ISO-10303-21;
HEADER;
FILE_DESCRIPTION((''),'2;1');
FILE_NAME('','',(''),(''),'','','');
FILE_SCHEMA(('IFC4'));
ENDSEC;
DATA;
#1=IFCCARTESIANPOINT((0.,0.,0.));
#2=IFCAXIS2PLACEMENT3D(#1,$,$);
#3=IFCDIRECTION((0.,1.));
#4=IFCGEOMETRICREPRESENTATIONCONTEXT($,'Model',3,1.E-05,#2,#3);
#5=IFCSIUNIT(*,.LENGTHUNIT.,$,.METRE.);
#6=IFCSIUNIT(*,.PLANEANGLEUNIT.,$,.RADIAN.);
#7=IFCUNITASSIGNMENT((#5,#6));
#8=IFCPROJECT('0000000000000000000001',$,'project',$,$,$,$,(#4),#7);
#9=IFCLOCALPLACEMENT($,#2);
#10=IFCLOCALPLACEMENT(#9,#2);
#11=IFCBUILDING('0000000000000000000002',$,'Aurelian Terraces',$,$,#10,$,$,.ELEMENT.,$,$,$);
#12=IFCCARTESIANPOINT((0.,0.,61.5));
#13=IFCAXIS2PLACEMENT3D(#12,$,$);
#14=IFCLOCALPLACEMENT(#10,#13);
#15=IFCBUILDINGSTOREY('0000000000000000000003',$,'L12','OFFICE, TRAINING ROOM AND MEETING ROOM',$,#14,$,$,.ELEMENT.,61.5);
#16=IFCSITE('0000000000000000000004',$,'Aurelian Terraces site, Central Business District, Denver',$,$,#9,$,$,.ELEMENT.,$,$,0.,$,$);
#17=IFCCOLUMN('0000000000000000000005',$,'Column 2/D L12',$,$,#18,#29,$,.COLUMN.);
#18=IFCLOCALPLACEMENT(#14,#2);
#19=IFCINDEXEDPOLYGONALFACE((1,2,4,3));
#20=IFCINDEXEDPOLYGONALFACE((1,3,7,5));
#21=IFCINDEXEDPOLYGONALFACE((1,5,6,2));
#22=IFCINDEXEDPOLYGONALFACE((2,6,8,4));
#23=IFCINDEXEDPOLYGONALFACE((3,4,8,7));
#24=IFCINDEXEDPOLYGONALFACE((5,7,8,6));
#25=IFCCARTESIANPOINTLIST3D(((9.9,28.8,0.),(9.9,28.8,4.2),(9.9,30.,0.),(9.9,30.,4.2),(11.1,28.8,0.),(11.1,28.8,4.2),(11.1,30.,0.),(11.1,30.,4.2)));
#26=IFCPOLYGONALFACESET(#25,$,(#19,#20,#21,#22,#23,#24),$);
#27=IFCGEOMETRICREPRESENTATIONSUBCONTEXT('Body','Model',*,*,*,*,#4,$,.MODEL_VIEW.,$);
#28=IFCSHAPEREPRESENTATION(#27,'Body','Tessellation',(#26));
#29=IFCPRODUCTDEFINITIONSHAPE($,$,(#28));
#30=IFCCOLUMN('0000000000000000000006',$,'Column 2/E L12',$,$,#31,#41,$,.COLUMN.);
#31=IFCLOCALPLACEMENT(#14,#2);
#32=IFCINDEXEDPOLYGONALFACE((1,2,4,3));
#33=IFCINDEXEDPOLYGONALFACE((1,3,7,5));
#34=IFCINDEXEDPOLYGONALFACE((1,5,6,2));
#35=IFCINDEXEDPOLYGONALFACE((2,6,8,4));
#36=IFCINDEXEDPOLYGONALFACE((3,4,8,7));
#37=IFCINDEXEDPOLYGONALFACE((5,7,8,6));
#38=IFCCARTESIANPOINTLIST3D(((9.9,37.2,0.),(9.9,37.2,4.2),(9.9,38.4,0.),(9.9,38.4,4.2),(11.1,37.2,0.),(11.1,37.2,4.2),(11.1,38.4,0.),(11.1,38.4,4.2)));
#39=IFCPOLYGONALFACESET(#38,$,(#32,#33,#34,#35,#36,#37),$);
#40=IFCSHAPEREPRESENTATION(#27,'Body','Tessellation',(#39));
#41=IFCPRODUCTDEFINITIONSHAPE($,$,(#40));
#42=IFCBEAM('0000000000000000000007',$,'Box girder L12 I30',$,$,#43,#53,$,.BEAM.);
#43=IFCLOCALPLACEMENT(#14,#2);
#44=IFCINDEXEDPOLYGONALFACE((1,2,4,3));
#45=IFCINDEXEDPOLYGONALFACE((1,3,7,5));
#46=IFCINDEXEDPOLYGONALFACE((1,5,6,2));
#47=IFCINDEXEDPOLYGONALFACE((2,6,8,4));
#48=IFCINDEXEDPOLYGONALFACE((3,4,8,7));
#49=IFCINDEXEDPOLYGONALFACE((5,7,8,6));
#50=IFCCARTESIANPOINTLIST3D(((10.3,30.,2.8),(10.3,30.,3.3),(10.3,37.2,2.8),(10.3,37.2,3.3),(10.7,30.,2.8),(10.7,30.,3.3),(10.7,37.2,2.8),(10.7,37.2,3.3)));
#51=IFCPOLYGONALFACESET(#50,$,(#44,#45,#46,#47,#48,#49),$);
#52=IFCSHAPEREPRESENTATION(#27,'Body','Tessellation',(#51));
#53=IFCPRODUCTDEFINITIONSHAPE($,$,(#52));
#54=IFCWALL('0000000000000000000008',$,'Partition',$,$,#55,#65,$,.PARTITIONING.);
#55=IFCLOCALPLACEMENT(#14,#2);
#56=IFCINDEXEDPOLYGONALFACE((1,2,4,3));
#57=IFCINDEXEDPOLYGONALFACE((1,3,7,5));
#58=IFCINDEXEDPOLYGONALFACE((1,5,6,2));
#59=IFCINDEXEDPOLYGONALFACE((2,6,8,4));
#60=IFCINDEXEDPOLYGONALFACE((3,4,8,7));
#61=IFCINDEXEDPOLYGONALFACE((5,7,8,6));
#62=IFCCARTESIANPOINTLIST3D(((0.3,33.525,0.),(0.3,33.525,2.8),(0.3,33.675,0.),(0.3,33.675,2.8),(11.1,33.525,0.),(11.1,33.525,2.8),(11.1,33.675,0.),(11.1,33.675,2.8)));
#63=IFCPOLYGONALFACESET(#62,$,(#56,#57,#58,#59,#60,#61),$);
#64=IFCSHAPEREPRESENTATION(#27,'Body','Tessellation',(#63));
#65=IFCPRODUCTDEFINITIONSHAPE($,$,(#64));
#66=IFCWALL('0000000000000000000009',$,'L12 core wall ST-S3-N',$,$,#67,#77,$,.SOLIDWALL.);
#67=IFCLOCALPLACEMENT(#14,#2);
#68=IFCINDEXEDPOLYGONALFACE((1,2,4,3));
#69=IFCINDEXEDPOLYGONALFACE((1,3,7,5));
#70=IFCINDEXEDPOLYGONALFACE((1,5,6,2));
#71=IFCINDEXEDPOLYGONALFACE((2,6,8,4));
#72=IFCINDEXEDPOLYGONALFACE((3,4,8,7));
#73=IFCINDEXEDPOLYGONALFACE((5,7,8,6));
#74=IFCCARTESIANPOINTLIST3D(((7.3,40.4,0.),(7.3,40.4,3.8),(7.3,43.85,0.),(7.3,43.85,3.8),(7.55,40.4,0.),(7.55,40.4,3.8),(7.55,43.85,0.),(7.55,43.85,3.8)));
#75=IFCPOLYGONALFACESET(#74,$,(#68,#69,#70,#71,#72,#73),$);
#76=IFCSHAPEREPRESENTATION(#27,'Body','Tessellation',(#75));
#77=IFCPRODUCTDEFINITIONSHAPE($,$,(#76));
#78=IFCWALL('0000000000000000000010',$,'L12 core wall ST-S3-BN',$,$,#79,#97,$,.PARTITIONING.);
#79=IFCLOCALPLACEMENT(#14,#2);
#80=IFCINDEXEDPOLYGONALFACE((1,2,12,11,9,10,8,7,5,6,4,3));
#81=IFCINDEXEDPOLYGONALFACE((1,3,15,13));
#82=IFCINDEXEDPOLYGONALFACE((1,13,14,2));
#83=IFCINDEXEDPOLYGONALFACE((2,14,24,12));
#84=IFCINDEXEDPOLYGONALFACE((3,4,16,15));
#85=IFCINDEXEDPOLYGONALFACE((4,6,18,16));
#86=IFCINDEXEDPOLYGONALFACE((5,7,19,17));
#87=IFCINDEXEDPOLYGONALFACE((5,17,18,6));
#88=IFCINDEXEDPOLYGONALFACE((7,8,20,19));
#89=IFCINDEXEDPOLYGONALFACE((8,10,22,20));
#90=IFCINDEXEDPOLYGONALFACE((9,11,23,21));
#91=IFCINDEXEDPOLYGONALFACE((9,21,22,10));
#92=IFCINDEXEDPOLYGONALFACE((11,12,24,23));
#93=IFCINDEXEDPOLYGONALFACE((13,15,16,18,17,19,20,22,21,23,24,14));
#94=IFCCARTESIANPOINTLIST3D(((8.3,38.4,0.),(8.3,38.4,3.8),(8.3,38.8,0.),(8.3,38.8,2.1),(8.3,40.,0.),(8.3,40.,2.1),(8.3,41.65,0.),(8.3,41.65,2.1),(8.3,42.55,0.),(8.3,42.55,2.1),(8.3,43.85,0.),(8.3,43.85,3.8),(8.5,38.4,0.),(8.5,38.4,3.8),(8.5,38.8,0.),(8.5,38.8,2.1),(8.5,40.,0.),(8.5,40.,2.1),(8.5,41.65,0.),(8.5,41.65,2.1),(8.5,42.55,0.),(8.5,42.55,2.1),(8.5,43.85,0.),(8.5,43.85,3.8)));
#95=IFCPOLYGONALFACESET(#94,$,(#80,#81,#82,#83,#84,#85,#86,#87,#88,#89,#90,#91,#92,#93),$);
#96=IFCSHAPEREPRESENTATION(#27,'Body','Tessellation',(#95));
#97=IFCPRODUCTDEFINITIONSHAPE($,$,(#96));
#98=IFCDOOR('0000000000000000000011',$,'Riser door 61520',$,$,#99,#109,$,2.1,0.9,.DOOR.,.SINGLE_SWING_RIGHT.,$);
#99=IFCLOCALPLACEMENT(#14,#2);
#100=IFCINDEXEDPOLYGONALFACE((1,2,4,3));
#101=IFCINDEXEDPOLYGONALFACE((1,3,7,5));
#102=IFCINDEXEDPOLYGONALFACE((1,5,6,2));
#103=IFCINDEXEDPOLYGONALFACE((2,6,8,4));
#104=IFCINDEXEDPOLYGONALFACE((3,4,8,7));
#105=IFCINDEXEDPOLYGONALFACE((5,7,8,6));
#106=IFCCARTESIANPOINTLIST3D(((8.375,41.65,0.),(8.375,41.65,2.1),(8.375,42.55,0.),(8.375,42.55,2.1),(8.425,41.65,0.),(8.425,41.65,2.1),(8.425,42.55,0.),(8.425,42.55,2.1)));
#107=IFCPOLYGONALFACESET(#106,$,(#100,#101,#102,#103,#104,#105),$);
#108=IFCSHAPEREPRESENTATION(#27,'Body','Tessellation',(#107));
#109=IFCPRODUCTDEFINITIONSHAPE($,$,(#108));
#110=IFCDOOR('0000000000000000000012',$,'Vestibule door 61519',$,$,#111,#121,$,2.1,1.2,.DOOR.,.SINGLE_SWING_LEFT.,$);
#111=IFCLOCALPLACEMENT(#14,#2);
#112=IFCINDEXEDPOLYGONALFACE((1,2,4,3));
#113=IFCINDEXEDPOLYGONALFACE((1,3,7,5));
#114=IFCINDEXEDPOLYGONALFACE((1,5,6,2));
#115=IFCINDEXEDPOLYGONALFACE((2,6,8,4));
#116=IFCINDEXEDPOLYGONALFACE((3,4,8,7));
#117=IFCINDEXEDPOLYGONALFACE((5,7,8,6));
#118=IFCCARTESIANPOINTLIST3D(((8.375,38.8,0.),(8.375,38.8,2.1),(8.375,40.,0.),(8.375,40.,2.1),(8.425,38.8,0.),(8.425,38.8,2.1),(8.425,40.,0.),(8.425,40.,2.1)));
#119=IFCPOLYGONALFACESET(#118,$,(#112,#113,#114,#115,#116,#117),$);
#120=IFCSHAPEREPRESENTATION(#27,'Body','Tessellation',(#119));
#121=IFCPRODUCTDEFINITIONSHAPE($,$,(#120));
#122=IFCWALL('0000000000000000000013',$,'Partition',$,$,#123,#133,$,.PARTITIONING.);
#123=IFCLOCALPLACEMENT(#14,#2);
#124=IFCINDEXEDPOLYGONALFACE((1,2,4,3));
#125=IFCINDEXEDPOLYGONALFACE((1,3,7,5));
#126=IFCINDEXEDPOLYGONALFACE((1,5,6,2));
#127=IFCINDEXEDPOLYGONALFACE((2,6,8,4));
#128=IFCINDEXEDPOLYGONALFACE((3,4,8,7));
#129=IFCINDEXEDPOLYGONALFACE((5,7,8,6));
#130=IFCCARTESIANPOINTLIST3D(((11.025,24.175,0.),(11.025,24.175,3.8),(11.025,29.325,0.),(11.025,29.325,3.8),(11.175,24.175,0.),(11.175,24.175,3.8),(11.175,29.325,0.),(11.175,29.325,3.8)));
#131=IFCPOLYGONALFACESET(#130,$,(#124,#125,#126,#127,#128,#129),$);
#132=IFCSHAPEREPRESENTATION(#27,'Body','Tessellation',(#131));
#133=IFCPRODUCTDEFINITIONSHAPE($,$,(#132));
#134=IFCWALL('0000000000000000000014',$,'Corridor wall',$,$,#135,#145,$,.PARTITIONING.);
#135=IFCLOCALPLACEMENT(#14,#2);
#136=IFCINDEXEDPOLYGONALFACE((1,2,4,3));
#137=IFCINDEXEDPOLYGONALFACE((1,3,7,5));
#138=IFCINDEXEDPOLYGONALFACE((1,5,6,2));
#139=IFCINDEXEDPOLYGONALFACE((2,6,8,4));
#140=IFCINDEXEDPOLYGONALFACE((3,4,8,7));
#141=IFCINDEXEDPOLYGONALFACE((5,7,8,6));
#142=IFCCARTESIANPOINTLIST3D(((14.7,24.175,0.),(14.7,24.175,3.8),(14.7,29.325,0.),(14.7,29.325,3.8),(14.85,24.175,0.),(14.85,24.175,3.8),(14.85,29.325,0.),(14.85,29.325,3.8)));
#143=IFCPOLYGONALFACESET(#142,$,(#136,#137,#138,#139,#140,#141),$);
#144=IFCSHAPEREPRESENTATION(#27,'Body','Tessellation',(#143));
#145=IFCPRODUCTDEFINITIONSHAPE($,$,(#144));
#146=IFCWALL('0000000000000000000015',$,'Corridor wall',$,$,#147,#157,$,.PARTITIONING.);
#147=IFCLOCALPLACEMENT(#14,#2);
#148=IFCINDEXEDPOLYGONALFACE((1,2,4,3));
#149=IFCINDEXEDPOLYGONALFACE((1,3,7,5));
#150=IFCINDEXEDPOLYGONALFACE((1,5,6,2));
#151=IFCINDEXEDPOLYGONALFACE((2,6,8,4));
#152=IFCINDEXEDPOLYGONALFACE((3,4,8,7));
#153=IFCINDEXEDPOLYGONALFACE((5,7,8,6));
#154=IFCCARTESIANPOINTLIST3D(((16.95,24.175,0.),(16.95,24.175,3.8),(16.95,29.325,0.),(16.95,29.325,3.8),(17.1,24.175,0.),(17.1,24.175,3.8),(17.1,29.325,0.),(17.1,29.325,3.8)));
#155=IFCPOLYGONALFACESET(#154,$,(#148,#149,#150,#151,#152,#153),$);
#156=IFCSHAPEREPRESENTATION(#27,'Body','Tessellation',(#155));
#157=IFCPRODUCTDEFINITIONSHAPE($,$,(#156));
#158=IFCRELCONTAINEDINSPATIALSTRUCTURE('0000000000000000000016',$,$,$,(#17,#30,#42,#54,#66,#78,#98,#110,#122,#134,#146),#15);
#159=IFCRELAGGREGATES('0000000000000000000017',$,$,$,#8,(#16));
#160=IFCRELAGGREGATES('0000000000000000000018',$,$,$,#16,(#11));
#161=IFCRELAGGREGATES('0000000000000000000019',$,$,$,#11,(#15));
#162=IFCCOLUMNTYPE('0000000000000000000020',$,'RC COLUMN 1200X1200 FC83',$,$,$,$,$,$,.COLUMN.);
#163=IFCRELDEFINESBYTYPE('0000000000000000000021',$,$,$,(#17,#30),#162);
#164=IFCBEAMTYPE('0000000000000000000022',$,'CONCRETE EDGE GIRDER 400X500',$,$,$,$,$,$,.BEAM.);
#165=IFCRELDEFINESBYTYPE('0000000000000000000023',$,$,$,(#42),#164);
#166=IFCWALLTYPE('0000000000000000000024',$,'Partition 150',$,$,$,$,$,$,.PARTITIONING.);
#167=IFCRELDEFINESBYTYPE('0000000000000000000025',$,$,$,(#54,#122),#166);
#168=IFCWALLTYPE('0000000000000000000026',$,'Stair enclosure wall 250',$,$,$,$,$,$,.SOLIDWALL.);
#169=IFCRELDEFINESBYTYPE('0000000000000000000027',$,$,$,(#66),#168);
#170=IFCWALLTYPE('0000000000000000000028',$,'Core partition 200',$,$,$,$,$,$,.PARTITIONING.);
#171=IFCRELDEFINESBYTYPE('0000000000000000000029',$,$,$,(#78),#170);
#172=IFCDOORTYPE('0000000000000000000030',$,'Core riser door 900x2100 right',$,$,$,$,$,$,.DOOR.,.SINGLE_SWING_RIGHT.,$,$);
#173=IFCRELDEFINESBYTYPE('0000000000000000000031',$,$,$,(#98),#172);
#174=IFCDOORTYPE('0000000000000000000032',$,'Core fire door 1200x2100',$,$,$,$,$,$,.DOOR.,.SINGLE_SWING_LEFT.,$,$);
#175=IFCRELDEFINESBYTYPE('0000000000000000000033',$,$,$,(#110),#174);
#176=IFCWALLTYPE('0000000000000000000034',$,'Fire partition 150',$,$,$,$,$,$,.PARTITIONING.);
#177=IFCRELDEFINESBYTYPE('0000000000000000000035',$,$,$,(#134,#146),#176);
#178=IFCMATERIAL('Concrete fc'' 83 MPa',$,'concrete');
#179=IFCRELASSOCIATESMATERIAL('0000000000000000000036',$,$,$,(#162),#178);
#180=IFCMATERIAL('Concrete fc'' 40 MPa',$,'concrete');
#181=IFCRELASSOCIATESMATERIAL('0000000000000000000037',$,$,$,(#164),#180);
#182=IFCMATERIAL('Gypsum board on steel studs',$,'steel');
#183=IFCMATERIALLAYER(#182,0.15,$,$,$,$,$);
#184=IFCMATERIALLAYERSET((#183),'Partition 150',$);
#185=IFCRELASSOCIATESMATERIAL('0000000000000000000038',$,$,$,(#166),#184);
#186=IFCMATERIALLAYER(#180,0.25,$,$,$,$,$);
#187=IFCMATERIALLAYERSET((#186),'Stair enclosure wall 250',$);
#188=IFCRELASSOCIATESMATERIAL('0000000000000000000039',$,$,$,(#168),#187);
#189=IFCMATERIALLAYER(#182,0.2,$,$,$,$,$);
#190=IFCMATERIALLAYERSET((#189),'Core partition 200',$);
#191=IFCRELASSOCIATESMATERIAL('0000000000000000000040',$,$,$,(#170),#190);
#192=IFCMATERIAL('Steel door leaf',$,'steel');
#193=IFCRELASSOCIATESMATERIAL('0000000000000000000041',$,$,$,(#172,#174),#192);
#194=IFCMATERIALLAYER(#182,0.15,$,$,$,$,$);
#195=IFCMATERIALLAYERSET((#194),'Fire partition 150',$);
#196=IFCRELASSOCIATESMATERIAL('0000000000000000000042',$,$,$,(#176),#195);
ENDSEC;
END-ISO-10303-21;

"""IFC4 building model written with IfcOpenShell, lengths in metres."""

from ifc_helpers import new_model, si_unit, direction, frame, frame_2d, origin, origin_2d, place, context, subcontext, project, spatial, rectangle, extrude, source, transform, mapped, material, layer, layer_set, material_profile, profile_set, type_object, element, fill, save


model = new_model("IFC4")

# Units and contexts
model_context = context("Model", 3, precision=1e-05, world=origin(), true_north=direction((0.0, 1.0)))
body_context = subcontext(model_context, "Body", "Model", "MODEL_VIEW")
ifc_project = project(units=[si_unit("LENGTHUNIT", "METRE"), si_unit("PLANEANGLEUNIT", "RADIAN")], contexts=[model_context])

# Site, building, storey
site_placement = place(None, origin())
site = spatial("IfcSite", under=ifc_project, at=site_placement, Name="Aurelian Terraces site, Central Business District, Denver", CompositionType="ELEMENT", RefElevation=0.0)
building_placement = place(site_placement, origin())
building = spatial("IfcBuilding", under=site, at=building_placement, Name="Aurelian Terraces", CompositionType="ELEMENT")
storey_placement = place(building_placement, frame((0.0, 0.0, 61.5)))
storey = spatial("IfcBuildingStorey", under=building, at=storey_placement, Name="L12", Description="OFFICE, TRAINING ROOM AND MEETING ROOM", CompositionType="ELEMENT", Elevation=61.5)

# Columns
ifc_material_1 = material(Name="Concrete fc' 83 MPa", Category="concrete")
ifc_material_profile_1 = material_profile(ifc_material_1, rectangle(XDim=1.2, YDim=1.2, at=origin_2d()))
ifc_profile_set_1 = profile_set([ifc_material_profile_1], Name="Concrete fc' 83 MPa")
column_type = type_object("IfcColumnType", Name="RC COLUMN 1200X1200 FC83", PredefinedType="COLUMN", material=ifc_profile_set_1)
shared_shape_1 = source(origin(), body_context, "Body", "SweptSolid", [
    extrude(rectangle(XDim=1.2, YDim=1.2, at=origin_2d()), origin(), (0.0, 0.0, 1.0), 4.2),
])
for number, where, z_axis, x_axis, name in (
    (1, (10.5, 29.4, 0.0), (0.0, 0.0, 1.0), (1.0, 0.0, 0.0), "Column 2/D L12"),
    (2, (10.5, 37.8, 0.0), (0.0, 0.0, 1.0), (1.0, 0.0, 0.0), "Column 2/E L12"),
):
    element("IfcColumn", number, at=place(storey_placement, frame(where, z_axis=z_axis, x_axis=x_axis)), inside=storey, type_object=column_type, Name=name, PredefinedType="COLUMN", context=body_context, shape_type="MappedRepresentation", body=[
        mapped(shared_shape_1, transform((0.0, 0.0, 0.0), scale=1.0)),
    ])

# Beam
ifc_material_2 = material(Name="Concrete fc' 40 MPa", Category="concrete")
ifc_material_profile_2 = material_profile(ifc_material_2, rectangle(XDim=0.4, YDim=0.5, at=origin_2d()))
ifc_profile_set_2 = profile_set([ifc_material_profile_2], Name="Concrete fc' 40 MPa")
beam_type = type_object("IfcBeamType", Name="CONCRETE EDGE GIRDER 400X500", PredefinedType="BEAM", material=ifc_profile_set_2)
shared_shape_2 = source(origin(), body_context, "Body", "SweptSolid", [
    extrude(rectangle(XDim=0.4, YDim=0.5, at=origin_2d()), origin(), (0.0, 0.0, 1.0), 7.2),
])
beam_placement = place(storey_placement, frame((10.5, 30.0, 3.05), z_axis=(0.0, 1.0, 0.0), x_axis=(-1.0, 0.0, 0.0)))
element("IfcBeam", 3, at=beam_placement, inside=storey, type_object=beam_type, Name="Box girder L12 I30", PredefinedType="BEAM", context=body_context, shape_type="MappedRepresentation", body=[
    mapped(shared_shape_2, transform((0.0, 0.0, 0.0), scale=1.0)),
])

# Walls
ifc_material_3 = material(Name="Gypsum board on steel studs", Category="steel")
ifc_layer_1 = layer(ifc_material_3, 0.15)
ifc_layer_set_1 = layer_set([ifc_layer_1], Name="Partition 150")
wall_type_1 = type_object("IfcWallType", Name="Partition 150", PredefinedType="PARTITIONING", material=ifc_layer_set_1)
wall_1_placement = place(storey_placement, frame((11.1, 33.6, 0.0), z_axis=(0.0, 0.0, 1.0), x_axis=(-1.0, 0.0, 0.0)))
element("IfcWall", 4, at=wall_1_placement, inside=storey, type_object=wall_type_1, Name="Partition", PredefinedType="PARTITIONING", context=body_context, shape_type="SweptSolid", body=[
    extrude(rectangle(XDim=10.8, YDim=0.15, at=frame_2d((5.4, 0.0))), origin(), (0.0, 0.0, 1.0), 2.8),
])
ifc_layer_2 = layer(ifc_material_2, 0.25)
ifc_layer_set_2 = layer_set([ifc_layer_2], Name="Stair enclosure wall 250")
wall_type_2 = type_object("IfcWallType", Name="Stair enclosure wall 250", PredefinedType="SOLIDWALL", material=ifc_layer_set_2)
shared_shape_3 = source(origin(), body_context, "Body", "SweptSolid", [
    extrude(rectangle(XDim=3.45, YDim=0.25, at=frame_2d((1.725, 0.0))), origin(), (0.0, 0.0, 1.0), 3.8),
])
wall_2_placement = place(storey_placement, frame((7.425, 40.4, 0.0), z_axis=(0.0, 0.0, 1.0), x_axis=(0.0, 1.0, 0.0)))
element("IfcWall", 5, at=wall_2_placement, inside=storey, type_object=wall_type_2, Name="L12 core wall ST-S3-N", PredefinedType="SOLIDWALL", context=body_context, shape_type="MappedRepresentation", body=[
    mapped(shared_shape_3, transform((0.0, 0.0, 0.0), scale=1.0)),
])

# Wall, openings, doors
ifc_layer_3 = layer(ifc_material_3, 0.2)
ifc_layer_set_3 = layer_set([ifc_layer_3], Name="Core partition 200")
wall_type_3 = type_object("IfcWallType", Name="Core partition 200", PredefinedType="PARTITIONING", material=ifc_layer_set_3)
shared_shape_4 = source(origin(), body_context, "Body", "SweptSolid", [
    extrude(rectangle(XDim=5.45, YDim=0.2, at=frame_2d((2.725, 0.0))), origin(), (0.0, 0.0, 1.0), 3.8),
])
wall_3_placement = place(storey_placement, frame((8.4, 38.4, 0.0), z_axis=(0.0, 0.0, 1.0), x_axis=(0.0, 1.0, 0.0)))
wall_3 = element("IfcWall", 6, at=wall_3_placement, inside=storey, type_object=wall_type_3, Name="L12 core wall ST-S3-BN", PredefinedType="PARTITIONING", context=body_context, shape_type="MappedRepresentation", body=[
    mapped(shared_shape_4, transform((0.0, 0.0, 0.0), scale=1.0)),
])
shared_shape_5 = source(origin(), body_context, "Body", "SweptSolid", [
    extrude(rectangle(XDim=1.2, YDim=2.1, at=frame_2d((0.6, 1.05))), frame((0.0, 0.11, 0.0), z_axis=(0.0, -1.0, 0.0), x_axis=(1.0, 0.0, 0.0)), (0.0, 0.0, 1.0), 0.22),
])
opening_1_placement = place(wall_3_placement, frame((0.4, 0.0, 0.0)))
opening_1 = element("IfcOpeningElement", 7, at=opening_1_placement, cuts=wall_3, PredefinedType="OPENING", context=body_context, shape_type="MappedRepresentation", body=[
    mapped(shared_shape_5, transform((0.0, 0.0, 0.0), scale=1.0)),
])
shared_shape_6 = source(origin(), body_context, "Body", "SweptSolid", [
    extrude(rectangle(XDim=0.9, YDim=2.1, at=frame_2d((0.45, 1.05))), frame((0.0, 0.11, 0.0), z_axis=(0.0, -1.0, 0.0), x_axis=(1.0, 0.0, 0.0)), (0.0, 0.0, 1.0), 0.22),
])
opening_2_placement = place(wall_3_placement, frame((3.25, 0.0, 0.0)))
opening_2 = element("IfcOpeningElement", 8, at=opening_2_placement, cuts=wall_3, PredefinedType="OPENING", context=body_context, shape_type="MappedRepresentation", body=[
    mapped(shared_shape_6, transform((0.0, 0.0, 0.0), scale=1.0)),
])
ifc_material_4 = material(Name="Steel door leaf", Category="steel")
door_type_1 = type_object("IfcDoorType", Name="Core riser door 900x2100 right", OperationType="SINGLE_SWING_RIGHT", PredefinedType="DOOR", material=ifc_material_4)
shared_shape_7 = source(origin(), body_context, "Body", "SweptSolid", [
    extrude(rectangle(XDim=0.9, YDim=2.1, at=frame_2d((0.45, 1.05))), frame((0.0, 0.025, 0.0), z_axis=(0.0, -1.0, 0.0), x_axis=(1.0, 0.0, 0.0)), (0.0, 0.0, 1.0), 0.05),
])
door_1_placement = place(opening_2_placement, origin())
door_1 = element("IfcDoor", 9, at=door_1_placement, inside=storey, type_object=door_type_1, Name="Riser door 61520", OperationType="SINGLE_SWING_RIGHT", OverallHeight=2.1, OverallWidth=0.9, PredefinedType="DOOR", context=body_context, shape_type="MappedRepresentation", body=[
    mapped(shared_shape_7, transform((0.0, 0.0, 0.0), scale=1.0)),
])
fill(opening_2, door_1)
door_type_2 = type_object("IfcDoorType", Name="Core fire door 1200x2100", OperationType="SINGLE_SWING_LEFT", PredefinedType="DOOR", material=ifc_material_4)
shared_shape_8 = source(origin(), body_context, "Body", "SweptSolid", [
    extrude(rectangle(XDim=1.2, YDim=2.1, at=frame_2d((0.6, 1.05))), frame((0.0, 0.025, 0.0), z_axis=(0.0, -1.0, 0.0), x_axis=(1.0, 0.0, 0.0)), (0.0, 0.0, 1.0), 0.05),
])
door_2_placement = place(opening_1_placement, origin())
door_2 = element("IfcDoor", 10, at=door_2_placement, inside=storey, type_object=door_type_2, Name="Vestibule door 61519", OperationType="SINGLE_SWING_LEFT", OverallHeight=2.1, OverallWidth=1.2, PredefinedType="DOOR", context=body_context, shape_type="MappedRepresentation", body=[
    mapped(shared_shape_8, transform((0.0, 0.0, 0.0), scale=1.0)),
])
fill(opening_1, door_2)

# Walls
shared_shape_9 = source(origin(), body_context, "Body", "SweptSolid", [
    extrude(rectangle(XDim=5.15, YDim=0.15, at=frame_2d((2.575, 0.0))), origin(), (0.0, 0.0, 1.0), 3.8),
])
wall_4_placement = place(storey_placement, frame((11.1, 24.175, 0.0), z_axis=(0.0, 0.0, 1.0), x_axis=(0.0, 1.0, 0.0)))
element("IfcWall", 11, at=wall_4_placement, inside=storey, type_object=wall_type_1, Name="Partition", PredefinedType="PARTITIONING", context=body_context, shape_type="MappedRepresentation", body=[
    mapped(shared_shape_9, transform((0.0, 0.0, 0.0), scale=1.0)),
])
ifc_layer_4 = layer(ifc_material_3, 0.15)
ifc_layer_set_4 = layer_set([ifc_layer_4], Name="Fire partition 150")
wall_type_4 = type_object("IfcWallType", Name="Fire partition 150", PredefinedType="PARTITIONING", material=ifc_layer_set_4)
for number, where, z_axis, x_axis, name in (
    (12, (14.775, 24.175, 0.0), (0.0, 0.0, 1.0), (0.0, 1.0, 0.0), "Corridor wall"),
    (13, (17.025, 29.325, 0.0), (0.0, 0.0, 1.0), (0.0, -1.0, 0.0), "Corridor wall"),
):
    element("IfcWall", number, at=place(storey_placement, frame(where, z_axis=z_axis, x_axis=x_axis)), inside=storey, type_object=wall_type_4, Name=name, PredefinedType="PARTITIONING", context=body_context, shape_type="MappedRepresentation", body=[
        mapped(shared_shape_9, transform((0.0, 0.0, 0.0), scale=1.0)),
    ])

save(model, "model.ifc")
